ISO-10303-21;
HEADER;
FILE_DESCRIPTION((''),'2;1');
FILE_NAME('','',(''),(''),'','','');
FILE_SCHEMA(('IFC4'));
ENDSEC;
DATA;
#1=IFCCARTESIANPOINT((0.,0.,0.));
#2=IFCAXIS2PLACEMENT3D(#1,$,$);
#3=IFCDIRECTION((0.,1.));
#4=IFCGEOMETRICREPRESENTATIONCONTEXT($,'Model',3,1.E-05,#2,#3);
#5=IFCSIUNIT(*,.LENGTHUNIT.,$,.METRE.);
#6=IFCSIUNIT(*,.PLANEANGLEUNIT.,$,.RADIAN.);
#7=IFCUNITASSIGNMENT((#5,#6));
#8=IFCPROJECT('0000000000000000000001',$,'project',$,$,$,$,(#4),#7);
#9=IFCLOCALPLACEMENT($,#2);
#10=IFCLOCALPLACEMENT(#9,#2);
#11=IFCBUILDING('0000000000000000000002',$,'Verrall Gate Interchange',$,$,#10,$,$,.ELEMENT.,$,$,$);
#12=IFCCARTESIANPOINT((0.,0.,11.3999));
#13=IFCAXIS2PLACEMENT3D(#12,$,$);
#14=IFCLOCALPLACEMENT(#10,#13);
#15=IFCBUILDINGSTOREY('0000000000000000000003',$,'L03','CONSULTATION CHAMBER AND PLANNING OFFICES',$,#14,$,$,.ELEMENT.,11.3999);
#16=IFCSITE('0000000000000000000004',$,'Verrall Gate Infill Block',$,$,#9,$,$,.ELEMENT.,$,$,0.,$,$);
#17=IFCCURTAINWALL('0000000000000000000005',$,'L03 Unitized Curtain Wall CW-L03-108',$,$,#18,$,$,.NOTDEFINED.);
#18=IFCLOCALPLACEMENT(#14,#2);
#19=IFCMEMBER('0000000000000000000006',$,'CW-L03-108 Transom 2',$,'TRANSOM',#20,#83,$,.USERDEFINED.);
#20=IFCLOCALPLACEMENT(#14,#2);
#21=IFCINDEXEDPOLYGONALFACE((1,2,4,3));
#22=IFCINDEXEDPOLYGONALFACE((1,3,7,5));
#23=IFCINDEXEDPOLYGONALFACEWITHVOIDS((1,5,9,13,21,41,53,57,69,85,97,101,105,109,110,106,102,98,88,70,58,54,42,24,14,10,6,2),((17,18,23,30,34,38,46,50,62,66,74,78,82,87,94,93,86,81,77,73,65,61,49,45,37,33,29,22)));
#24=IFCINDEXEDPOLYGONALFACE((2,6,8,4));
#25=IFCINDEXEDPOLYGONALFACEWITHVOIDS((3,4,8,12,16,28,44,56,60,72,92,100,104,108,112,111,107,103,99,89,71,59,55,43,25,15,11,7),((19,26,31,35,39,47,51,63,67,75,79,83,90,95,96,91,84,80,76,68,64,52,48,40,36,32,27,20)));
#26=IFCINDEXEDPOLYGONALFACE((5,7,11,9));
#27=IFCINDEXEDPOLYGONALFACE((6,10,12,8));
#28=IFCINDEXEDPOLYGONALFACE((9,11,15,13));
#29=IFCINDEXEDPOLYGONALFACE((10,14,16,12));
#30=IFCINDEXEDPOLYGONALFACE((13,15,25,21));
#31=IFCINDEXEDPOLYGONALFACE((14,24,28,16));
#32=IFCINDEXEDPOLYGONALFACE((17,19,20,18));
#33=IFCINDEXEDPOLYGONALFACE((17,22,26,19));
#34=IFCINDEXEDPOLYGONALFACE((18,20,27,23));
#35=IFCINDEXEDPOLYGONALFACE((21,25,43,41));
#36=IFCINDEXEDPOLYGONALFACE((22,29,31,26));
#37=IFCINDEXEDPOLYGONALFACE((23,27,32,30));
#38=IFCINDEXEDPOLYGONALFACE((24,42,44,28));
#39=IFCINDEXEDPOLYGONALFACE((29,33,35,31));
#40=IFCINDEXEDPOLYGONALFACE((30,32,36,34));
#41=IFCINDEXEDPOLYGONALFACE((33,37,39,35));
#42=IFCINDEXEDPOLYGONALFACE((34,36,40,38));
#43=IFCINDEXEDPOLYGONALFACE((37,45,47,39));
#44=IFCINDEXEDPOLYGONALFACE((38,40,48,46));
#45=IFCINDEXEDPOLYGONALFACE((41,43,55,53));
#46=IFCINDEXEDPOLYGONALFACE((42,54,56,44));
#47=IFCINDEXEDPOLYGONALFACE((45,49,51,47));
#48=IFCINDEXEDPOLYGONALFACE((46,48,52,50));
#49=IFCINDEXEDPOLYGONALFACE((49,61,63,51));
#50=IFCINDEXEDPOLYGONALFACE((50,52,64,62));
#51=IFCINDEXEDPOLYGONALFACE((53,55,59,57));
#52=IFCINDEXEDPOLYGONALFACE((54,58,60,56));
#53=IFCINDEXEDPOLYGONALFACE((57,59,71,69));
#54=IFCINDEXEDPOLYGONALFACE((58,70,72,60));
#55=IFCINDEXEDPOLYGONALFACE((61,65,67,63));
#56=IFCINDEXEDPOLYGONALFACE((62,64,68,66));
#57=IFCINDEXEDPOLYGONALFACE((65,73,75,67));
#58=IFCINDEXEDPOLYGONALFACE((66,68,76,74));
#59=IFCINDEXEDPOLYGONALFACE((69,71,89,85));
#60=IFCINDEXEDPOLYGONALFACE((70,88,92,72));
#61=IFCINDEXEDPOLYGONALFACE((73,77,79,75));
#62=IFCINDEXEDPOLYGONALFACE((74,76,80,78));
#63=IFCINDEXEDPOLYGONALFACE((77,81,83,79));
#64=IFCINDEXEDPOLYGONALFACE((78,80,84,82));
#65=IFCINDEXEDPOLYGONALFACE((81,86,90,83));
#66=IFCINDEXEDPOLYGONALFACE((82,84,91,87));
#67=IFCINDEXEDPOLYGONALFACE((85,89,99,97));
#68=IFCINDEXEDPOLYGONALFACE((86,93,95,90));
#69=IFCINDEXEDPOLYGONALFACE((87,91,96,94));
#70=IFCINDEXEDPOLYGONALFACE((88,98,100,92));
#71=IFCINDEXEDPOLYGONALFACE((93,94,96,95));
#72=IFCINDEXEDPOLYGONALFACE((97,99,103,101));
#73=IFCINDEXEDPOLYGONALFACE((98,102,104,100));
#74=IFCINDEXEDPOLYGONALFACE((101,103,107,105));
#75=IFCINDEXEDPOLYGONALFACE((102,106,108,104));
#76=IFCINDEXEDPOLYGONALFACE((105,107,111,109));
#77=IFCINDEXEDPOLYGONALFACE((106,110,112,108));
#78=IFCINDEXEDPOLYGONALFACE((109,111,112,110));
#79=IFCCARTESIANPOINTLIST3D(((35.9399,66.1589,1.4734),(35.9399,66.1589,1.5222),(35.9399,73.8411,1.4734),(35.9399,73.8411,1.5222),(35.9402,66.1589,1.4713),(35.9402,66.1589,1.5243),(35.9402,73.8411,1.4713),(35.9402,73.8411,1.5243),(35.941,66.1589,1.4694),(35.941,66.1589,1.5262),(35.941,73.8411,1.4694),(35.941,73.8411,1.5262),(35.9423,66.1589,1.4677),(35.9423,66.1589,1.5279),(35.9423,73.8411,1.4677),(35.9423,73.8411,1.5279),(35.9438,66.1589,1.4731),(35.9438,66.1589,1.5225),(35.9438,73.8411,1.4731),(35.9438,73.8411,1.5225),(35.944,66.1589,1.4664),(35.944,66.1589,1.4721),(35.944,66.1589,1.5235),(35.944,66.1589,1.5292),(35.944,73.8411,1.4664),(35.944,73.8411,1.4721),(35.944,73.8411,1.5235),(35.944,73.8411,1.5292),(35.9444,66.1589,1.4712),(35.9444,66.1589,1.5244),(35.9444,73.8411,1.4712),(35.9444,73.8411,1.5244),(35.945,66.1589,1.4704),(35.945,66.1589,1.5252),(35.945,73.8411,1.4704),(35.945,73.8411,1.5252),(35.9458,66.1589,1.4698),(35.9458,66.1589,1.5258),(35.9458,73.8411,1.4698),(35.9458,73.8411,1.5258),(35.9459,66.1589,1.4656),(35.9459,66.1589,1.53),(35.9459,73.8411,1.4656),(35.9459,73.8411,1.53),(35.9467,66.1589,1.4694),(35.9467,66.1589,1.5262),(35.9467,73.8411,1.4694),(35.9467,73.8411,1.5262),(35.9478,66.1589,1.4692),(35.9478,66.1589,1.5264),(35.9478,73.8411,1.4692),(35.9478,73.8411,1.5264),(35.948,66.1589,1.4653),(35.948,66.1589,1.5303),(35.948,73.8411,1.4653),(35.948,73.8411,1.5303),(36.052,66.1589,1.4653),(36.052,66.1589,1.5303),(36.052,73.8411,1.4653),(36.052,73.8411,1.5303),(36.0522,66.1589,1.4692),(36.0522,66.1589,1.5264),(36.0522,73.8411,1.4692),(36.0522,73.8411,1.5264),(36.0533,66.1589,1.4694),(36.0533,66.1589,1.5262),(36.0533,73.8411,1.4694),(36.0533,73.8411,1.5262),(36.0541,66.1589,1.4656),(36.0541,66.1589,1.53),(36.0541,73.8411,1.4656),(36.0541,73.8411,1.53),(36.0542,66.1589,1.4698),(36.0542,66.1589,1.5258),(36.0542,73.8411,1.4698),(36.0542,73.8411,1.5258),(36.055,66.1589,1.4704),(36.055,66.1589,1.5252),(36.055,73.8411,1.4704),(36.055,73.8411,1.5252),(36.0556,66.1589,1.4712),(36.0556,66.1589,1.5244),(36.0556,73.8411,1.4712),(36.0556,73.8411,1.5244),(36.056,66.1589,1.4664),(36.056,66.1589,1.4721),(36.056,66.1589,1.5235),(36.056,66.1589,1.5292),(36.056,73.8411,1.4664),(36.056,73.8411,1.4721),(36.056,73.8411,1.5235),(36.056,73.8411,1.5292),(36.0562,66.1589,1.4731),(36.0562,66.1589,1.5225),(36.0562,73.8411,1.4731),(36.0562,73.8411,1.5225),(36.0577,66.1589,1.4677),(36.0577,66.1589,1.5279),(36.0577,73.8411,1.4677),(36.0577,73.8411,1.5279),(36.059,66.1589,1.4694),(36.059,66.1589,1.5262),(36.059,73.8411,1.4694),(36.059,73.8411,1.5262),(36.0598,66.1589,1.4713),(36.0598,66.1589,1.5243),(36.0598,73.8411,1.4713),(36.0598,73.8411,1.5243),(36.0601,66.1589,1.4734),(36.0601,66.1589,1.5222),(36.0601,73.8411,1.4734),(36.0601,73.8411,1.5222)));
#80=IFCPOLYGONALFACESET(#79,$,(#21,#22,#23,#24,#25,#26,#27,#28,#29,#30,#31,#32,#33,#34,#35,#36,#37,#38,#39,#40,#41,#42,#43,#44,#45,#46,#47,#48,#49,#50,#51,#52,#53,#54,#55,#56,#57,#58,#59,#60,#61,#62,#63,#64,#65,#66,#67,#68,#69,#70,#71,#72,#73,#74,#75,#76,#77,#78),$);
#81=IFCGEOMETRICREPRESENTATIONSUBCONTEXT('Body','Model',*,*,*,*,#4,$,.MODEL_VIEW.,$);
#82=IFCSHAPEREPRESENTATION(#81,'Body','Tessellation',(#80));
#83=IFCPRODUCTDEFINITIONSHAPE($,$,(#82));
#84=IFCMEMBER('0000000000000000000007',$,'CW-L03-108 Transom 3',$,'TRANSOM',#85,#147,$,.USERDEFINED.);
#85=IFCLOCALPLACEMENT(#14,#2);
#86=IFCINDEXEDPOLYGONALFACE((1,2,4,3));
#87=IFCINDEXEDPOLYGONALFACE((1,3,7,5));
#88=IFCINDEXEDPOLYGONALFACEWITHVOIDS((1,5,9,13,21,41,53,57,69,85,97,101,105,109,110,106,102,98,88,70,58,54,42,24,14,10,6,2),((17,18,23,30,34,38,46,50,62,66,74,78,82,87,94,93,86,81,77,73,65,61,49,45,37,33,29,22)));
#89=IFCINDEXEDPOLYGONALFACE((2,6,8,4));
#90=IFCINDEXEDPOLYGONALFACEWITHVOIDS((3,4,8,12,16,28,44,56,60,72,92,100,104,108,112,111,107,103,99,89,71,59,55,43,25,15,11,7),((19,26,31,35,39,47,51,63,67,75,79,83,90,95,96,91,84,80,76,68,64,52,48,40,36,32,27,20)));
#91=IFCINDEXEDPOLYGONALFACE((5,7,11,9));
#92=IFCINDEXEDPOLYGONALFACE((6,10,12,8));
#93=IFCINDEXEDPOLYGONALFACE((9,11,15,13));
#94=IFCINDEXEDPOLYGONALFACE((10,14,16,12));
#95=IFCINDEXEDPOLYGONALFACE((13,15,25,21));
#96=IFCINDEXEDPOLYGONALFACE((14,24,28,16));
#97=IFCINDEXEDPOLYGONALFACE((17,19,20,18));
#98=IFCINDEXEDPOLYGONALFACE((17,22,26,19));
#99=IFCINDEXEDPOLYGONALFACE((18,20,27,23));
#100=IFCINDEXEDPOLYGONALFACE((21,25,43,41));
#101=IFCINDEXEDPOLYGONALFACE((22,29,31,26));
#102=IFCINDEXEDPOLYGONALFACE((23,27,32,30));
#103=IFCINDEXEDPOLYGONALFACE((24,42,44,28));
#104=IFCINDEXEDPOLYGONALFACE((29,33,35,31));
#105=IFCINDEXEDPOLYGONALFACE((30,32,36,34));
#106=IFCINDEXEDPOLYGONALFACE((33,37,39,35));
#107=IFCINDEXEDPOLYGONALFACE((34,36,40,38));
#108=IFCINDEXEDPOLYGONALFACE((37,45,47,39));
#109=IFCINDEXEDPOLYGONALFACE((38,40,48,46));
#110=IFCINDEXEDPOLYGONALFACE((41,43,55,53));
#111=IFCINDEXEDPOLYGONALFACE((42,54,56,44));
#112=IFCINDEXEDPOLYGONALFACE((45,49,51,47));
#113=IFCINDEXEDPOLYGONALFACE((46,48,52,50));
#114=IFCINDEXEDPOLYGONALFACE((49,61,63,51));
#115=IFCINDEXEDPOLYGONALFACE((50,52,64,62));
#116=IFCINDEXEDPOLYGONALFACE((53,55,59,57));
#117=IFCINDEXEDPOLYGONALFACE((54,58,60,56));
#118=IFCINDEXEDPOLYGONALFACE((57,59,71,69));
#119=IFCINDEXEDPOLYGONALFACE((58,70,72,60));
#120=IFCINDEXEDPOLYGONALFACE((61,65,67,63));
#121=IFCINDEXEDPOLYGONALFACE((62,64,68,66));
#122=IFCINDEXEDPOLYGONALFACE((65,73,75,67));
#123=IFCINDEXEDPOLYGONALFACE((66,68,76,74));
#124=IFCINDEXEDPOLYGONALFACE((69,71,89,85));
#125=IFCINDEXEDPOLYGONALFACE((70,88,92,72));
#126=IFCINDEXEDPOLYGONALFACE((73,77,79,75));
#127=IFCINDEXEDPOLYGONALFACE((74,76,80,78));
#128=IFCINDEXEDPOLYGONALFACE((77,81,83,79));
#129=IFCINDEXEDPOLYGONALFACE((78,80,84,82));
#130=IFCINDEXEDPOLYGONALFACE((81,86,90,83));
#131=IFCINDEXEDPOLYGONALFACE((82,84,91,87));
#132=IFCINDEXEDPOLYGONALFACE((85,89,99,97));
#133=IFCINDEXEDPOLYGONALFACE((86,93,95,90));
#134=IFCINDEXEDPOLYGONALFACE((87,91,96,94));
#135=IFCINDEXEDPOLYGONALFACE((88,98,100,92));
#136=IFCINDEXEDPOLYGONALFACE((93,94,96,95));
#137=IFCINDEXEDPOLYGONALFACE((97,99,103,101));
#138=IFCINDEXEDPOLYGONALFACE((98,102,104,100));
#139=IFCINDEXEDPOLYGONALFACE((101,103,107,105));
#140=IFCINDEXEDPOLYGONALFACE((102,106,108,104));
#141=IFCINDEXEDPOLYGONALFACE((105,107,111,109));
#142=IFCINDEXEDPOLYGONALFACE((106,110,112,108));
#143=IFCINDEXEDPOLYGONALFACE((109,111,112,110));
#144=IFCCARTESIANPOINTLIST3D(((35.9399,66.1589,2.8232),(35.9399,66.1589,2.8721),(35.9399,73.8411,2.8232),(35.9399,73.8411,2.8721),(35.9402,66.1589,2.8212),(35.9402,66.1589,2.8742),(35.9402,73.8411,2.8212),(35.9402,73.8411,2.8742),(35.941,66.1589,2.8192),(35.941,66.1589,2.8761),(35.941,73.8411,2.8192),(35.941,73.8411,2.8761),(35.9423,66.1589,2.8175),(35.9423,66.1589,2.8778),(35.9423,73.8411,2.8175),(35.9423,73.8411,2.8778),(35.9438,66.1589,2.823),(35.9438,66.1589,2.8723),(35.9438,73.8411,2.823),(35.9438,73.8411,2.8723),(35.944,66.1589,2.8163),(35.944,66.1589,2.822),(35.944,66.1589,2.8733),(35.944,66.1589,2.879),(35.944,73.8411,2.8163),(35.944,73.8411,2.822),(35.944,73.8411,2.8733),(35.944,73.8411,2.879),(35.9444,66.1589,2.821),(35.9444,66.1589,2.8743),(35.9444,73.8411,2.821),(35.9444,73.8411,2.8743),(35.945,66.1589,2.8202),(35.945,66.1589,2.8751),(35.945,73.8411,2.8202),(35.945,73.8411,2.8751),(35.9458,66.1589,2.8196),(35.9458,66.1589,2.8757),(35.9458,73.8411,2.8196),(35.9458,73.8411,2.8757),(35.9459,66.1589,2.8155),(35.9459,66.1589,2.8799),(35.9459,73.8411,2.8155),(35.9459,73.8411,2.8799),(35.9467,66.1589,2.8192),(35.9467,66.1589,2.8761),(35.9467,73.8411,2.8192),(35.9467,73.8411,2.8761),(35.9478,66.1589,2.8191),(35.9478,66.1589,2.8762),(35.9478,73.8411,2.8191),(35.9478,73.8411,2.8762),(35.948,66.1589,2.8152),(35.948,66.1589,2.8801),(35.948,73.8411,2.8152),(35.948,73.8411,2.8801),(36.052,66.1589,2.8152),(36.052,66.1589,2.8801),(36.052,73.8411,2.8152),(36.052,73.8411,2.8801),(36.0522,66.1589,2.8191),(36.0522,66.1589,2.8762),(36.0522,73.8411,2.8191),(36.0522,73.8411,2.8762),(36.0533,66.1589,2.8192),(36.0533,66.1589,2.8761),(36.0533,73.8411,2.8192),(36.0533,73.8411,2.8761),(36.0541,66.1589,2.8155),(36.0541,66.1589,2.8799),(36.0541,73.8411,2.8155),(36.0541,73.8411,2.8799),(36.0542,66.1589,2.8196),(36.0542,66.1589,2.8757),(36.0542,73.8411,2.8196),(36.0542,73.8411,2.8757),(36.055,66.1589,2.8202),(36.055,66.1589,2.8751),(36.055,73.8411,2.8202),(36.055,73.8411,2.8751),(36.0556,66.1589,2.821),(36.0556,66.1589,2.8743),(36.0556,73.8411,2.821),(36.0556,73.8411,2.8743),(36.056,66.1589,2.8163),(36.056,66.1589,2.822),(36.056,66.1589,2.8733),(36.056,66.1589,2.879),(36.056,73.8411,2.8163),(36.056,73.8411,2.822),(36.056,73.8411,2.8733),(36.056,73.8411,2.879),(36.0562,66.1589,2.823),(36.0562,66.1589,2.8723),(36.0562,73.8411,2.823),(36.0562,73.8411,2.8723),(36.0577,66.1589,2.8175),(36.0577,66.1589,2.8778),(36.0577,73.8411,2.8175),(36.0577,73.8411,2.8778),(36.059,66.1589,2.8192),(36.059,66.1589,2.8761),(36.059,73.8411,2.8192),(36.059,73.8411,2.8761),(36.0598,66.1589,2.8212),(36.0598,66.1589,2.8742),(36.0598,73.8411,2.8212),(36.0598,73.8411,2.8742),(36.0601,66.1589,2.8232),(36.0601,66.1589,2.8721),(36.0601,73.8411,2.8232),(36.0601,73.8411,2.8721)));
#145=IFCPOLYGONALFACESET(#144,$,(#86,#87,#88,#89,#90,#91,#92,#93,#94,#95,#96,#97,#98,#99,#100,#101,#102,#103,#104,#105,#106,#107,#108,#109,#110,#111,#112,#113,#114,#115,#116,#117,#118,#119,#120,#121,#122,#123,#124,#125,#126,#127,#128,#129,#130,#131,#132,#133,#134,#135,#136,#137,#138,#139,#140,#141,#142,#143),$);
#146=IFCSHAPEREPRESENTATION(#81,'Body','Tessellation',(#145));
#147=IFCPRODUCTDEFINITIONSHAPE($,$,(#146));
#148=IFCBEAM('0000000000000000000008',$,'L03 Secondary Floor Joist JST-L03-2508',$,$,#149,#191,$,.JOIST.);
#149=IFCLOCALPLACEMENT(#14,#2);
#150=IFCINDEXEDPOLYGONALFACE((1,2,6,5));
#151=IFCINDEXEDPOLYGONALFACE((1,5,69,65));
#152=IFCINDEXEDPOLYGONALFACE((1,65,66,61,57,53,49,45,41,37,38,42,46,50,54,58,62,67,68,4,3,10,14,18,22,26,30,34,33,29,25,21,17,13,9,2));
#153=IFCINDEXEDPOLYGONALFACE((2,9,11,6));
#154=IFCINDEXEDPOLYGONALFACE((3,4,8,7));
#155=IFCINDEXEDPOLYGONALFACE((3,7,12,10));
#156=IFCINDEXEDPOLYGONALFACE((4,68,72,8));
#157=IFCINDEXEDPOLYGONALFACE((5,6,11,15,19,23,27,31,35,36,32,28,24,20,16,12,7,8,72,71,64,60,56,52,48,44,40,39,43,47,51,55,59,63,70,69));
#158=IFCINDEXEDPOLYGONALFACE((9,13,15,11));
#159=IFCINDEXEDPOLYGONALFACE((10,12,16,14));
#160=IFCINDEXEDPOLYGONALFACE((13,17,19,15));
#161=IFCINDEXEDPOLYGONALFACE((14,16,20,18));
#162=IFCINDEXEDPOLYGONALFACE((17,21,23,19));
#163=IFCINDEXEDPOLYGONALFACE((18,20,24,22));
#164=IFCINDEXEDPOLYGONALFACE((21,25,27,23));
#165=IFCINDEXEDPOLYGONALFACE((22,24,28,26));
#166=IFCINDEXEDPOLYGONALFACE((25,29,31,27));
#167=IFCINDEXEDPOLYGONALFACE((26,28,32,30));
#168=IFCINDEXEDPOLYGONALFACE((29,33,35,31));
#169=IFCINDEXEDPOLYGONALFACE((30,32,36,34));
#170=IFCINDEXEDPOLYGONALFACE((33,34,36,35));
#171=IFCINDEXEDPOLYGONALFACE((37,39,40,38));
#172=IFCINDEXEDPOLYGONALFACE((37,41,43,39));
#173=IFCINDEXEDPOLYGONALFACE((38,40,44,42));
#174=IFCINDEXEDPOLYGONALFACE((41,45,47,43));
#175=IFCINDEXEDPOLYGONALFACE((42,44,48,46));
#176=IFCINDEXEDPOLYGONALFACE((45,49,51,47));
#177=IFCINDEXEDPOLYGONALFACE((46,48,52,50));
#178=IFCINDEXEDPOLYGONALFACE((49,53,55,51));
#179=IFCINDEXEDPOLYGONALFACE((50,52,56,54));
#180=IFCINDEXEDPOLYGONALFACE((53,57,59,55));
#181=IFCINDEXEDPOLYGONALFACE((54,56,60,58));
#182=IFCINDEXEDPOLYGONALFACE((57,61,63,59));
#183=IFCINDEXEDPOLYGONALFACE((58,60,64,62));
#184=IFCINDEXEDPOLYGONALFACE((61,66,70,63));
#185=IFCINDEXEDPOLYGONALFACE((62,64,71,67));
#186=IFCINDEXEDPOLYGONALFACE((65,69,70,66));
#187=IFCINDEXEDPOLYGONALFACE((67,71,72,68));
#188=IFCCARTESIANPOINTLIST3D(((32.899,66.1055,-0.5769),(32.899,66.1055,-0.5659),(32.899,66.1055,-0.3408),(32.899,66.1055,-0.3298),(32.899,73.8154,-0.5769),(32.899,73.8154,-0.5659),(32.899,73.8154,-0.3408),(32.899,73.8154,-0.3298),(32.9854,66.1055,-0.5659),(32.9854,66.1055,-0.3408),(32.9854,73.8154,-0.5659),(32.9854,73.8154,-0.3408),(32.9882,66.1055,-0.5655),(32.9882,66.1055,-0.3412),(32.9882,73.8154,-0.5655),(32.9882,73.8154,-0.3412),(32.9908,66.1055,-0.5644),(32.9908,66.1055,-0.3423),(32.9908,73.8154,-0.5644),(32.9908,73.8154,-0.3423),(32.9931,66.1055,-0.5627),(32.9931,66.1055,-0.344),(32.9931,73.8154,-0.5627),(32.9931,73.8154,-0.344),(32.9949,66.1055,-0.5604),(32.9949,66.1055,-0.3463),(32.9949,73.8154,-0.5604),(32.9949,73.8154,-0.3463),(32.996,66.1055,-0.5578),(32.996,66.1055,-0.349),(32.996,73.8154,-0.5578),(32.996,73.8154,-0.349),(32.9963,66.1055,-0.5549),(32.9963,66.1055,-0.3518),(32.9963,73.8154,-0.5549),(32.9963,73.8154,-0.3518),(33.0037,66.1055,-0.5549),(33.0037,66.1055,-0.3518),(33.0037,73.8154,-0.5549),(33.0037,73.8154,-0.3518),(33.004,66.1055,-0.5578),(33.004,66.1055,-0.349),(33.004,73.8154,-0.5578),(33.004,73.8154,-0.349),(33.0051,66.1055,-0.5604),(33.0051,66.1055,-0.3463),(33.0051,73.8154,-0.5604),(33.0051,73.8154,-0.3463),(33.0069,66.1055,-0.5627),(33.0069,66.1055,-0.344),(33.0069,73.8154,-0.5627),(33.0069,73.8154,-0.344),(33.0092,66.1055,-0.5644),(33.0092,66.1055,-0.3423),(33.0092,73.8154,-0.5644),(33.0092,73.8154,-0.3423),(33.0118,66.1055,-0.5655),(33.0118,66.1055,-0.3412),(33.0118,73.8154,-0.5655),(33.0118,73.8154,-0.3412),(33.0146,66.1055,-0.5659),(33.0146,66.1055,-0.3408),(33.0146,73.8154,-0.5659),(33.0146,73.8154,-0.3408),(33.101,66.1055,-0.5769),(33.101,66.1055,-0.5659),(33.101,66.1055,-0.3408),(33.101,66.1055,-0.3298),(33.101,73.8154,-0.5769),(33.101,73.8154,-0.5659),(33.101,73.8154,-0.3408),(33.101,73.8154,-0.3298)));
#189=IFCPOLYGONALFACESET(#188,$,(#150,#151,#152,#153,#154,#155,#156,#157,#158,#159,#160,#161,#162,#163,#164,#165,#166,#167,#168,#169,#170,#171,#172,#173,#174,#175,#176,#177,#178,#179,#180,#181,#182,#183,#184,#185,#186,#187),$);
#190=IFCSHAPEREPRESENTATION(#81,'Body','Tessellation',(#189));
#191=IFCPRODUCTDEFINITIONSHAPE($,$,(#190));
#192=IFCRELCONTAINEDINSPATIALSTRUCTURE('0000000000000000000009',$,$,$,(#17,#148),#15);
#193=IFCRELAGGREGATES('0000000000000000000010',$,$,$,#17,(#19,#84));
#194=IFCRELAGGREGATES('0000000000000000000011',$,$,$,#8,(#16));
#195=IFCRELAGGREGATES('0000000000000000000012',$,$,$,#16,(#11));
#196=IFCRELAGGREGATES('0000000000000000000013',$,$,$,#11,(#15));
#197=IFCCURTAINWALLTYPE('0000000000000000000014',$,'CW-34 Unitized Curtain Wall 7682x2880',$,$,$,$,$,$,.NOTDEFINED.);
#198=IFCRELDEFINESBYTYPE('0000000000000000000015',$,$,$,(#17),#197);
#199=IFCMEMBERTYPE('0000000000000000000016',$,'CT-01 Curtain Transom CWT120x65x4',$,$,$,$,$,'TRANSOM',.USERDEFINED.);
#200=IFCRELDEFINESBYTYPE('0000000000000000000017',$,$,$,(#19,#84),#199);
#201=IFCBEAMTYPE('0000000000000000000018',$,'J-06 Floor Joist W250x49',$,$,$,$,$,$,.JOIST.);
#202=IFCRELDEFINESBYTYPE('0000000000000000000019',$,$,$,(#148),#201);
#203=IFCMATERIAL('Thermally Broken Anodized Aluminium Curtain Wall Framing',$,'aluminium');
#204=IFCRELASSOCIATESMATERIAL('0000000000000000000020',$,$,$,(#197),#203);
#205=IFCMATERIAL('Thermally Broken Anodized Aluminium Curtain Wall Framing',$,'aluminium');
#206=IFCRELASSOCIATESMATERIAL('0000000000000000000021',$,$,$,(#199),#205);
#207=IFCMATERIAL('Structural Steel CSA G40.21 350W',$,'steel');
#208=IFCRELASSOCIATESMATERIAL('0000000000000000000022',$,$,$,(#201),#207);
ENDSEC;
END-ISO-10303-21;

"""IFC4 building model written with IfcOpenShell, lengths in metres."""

from ifc_helpers import new_model, si_unit, direction, frame, origin, origin_2d, place, context, subcontext, project, spatial, hollow_rectangle, i_section, extrude, material, material_profile, profile_set, type_object, element, aggregate, save


model = new_model("IFC4")

# Units and contexts
model_context = context("Model", 3, precision=1e-05, world=origin(), true_north=direction((0.0, 1.0)))
body_context = subcontext(model_context, "Body", "Model", "MODEL_VIEW")
ifc_project = project(units=[si_unit("LENGTHUNIT", "METRE"), si_unit("PLANEANGLEUNIT", "RADIAN")], contexts=[model_context])

# Site, building, storey
site_placement = place(None, origin())
site = spatial("IfcSite", under=ifc_project, at=site_placement, Name="Verrall Gate Infill Block", CompositionType="ELEMENT", RefElevation=0.0)
building_placement = place(site_placement, origin())
building = spatial("IfcBuilding", under=site, at=building_placement, Name="Verrall Gate Interchange", CompositionType="ELEMENT")
storey_placement = place(building_placement, frame((0.0, 0.0, 11.3999)))
storey = spatial("IfcBuildingStorey", under=building, at=storey_placement, Name="L03", Description="CONSULTATION CHAMBER AND PLANNING OFFICES", CompositionType="ELEMENT", Elevation=11.3999)

# Curtain wall, members
ifc_material_1 = material(Name="Thermally Broken Anodized Aluminium Curtain Wall Framing", Category="aluminium")
curtain_wall_type = type_object("IfcCurtainWallType", Name="CW-34 Unitized Curtain Wall 7682x2880", PredefinedType="NOTDEFINED", material=ifc_material_1)
curtain_wall_placement = place(storey_placement, origin())
curtain_wall = element("IfcCurtainWall", 1, at=curtain_wall_placement, inside=storey, type_object=curtain_wall_type, Name="L03 Unitized Curtain Wall CW-L03-108", PredefinedType="NOTDEFINED")
ifc_material_2 = material(Name="Thermally Broken Anodized Aluminium Curtain Wall Framing", Category="aluminium")
ifc_material_profile_1 = material_profile(ifc_material_2, hollow_rectangle(XDim=0.1201, YDim=0.0649, WallThickness=0.0039, InnerFilletRadius=0.0039, OuterFilletRadius=0.0081, at=origin_2d()), Name="CWT120x65x4")
ifc_profile_set_1 = profile_set([ifc_material_profile_1], Name="Thermally Broken Anodized Aluminium Curtain Wall Framing")
member_type_1 = type_object("IfcMemberType", Name="CT-01 Curtain Transom CWT120x65x4", ElementType="TRANSOM", PredefinedType="USERDEFINED", material=ifc_profile_set_1)
member_1_placement = place(storey_placement, frame((36.0, 66.1589, 1.4978), z_axis=(0.0, 1.0, 0.0), x_axis=(-1.0, 0.0, 0.0)))
member_1 = element("IfcMember", 2, at=member_1_placement, type_object=member_type_1, Name="CW-L03-108 Transom 2", ObjectType="TRANSOM", PredefinedType="USERDEFINED", context=body_context, shape_type="SweptSolid", body=[
    extrude(hollow_rectangle(XDim=0.1201, YDim=0.0649, WallThickness=0.0039, InnerFilletRadius=0.0039, OuterFilletRadius=0.0081, at=origin_2d()), origin(), (0.0, 0.0, 1.0), 7.6821),
])
member_2_placement = place(storey_placement, frame((36.0, 66.1589, 2.8477), z_axis=(0.0, 1.0, 0.0), x_axis=(-1.0, 0.0, 0.0)))
member_2 = element("IfcMember", 3, at=member_2_placement, type_object=member_type_1, Name="CW-L03-108 Transom 3", ObjectType="TRANSOM", PredefinedType="USERDEFINED", context=body_context, shape_type="SweptSolid", body=[
    extrude(hollow_rectangle(XDim=0.1201, YDim=0.0649, WallThickness=0.0039, InnerFilletRadius=0.0039, OuterFilletRadius=0.0081, at=origin_2d()), origin(), (0.0, 0.0, 1.0), 7.6821),
])

# Beam
ifc_material_3 = material(Name="Structural Steel CSA G40.21 350W", Category="steel")
ifc_material_profile_2 = material_profile(ifc_material_3, i_section(OverallWidth=0.2019, OverallDepth=0.2471, WebThickness=0.0073, FlangeThickness=0.011, FilletRadius=0.011, at=origin_2d()), Name="W250x49")
ifc_profile_set_2 = profile_set([ifc_material_profile_2], Name="Structural Steel CSA G40.21 350W")
beam_type_1 = type_object("IfcBeamType", Name="J-06 Floor Joist W250x49", PredefinedType="JOIST", material=ifc_profile_set_2)
beam_1_placement = place(storey_placement, frame((33.0, 66.1055, -0.4534), z_axis=(0.0, 1.0, 0.0), x_axis=(-1.0, 0.0, 0.0)))
element("IfcBeam", 4, at=beam_1_placement, inside=storey, type_object=beam_type_1, Name="L03 Secondary Floor Joist JST-L03-2508", PredefinedType="JOIST", context=body_context, shape_type="SweptSolid", body=[
    extrude(i_section(OverallWidth=0.2019, OverallDepth=0.2471, WebThickness=0.0073, FlangeThickness=0.011, FilletRadius=0.011, at=origin_2d()), origin(), (0.0, 0.0, 1.0), 7.71),
])

aggregate(curtain_wall, [member_1, member_2])

save(model, "model.ifc")
